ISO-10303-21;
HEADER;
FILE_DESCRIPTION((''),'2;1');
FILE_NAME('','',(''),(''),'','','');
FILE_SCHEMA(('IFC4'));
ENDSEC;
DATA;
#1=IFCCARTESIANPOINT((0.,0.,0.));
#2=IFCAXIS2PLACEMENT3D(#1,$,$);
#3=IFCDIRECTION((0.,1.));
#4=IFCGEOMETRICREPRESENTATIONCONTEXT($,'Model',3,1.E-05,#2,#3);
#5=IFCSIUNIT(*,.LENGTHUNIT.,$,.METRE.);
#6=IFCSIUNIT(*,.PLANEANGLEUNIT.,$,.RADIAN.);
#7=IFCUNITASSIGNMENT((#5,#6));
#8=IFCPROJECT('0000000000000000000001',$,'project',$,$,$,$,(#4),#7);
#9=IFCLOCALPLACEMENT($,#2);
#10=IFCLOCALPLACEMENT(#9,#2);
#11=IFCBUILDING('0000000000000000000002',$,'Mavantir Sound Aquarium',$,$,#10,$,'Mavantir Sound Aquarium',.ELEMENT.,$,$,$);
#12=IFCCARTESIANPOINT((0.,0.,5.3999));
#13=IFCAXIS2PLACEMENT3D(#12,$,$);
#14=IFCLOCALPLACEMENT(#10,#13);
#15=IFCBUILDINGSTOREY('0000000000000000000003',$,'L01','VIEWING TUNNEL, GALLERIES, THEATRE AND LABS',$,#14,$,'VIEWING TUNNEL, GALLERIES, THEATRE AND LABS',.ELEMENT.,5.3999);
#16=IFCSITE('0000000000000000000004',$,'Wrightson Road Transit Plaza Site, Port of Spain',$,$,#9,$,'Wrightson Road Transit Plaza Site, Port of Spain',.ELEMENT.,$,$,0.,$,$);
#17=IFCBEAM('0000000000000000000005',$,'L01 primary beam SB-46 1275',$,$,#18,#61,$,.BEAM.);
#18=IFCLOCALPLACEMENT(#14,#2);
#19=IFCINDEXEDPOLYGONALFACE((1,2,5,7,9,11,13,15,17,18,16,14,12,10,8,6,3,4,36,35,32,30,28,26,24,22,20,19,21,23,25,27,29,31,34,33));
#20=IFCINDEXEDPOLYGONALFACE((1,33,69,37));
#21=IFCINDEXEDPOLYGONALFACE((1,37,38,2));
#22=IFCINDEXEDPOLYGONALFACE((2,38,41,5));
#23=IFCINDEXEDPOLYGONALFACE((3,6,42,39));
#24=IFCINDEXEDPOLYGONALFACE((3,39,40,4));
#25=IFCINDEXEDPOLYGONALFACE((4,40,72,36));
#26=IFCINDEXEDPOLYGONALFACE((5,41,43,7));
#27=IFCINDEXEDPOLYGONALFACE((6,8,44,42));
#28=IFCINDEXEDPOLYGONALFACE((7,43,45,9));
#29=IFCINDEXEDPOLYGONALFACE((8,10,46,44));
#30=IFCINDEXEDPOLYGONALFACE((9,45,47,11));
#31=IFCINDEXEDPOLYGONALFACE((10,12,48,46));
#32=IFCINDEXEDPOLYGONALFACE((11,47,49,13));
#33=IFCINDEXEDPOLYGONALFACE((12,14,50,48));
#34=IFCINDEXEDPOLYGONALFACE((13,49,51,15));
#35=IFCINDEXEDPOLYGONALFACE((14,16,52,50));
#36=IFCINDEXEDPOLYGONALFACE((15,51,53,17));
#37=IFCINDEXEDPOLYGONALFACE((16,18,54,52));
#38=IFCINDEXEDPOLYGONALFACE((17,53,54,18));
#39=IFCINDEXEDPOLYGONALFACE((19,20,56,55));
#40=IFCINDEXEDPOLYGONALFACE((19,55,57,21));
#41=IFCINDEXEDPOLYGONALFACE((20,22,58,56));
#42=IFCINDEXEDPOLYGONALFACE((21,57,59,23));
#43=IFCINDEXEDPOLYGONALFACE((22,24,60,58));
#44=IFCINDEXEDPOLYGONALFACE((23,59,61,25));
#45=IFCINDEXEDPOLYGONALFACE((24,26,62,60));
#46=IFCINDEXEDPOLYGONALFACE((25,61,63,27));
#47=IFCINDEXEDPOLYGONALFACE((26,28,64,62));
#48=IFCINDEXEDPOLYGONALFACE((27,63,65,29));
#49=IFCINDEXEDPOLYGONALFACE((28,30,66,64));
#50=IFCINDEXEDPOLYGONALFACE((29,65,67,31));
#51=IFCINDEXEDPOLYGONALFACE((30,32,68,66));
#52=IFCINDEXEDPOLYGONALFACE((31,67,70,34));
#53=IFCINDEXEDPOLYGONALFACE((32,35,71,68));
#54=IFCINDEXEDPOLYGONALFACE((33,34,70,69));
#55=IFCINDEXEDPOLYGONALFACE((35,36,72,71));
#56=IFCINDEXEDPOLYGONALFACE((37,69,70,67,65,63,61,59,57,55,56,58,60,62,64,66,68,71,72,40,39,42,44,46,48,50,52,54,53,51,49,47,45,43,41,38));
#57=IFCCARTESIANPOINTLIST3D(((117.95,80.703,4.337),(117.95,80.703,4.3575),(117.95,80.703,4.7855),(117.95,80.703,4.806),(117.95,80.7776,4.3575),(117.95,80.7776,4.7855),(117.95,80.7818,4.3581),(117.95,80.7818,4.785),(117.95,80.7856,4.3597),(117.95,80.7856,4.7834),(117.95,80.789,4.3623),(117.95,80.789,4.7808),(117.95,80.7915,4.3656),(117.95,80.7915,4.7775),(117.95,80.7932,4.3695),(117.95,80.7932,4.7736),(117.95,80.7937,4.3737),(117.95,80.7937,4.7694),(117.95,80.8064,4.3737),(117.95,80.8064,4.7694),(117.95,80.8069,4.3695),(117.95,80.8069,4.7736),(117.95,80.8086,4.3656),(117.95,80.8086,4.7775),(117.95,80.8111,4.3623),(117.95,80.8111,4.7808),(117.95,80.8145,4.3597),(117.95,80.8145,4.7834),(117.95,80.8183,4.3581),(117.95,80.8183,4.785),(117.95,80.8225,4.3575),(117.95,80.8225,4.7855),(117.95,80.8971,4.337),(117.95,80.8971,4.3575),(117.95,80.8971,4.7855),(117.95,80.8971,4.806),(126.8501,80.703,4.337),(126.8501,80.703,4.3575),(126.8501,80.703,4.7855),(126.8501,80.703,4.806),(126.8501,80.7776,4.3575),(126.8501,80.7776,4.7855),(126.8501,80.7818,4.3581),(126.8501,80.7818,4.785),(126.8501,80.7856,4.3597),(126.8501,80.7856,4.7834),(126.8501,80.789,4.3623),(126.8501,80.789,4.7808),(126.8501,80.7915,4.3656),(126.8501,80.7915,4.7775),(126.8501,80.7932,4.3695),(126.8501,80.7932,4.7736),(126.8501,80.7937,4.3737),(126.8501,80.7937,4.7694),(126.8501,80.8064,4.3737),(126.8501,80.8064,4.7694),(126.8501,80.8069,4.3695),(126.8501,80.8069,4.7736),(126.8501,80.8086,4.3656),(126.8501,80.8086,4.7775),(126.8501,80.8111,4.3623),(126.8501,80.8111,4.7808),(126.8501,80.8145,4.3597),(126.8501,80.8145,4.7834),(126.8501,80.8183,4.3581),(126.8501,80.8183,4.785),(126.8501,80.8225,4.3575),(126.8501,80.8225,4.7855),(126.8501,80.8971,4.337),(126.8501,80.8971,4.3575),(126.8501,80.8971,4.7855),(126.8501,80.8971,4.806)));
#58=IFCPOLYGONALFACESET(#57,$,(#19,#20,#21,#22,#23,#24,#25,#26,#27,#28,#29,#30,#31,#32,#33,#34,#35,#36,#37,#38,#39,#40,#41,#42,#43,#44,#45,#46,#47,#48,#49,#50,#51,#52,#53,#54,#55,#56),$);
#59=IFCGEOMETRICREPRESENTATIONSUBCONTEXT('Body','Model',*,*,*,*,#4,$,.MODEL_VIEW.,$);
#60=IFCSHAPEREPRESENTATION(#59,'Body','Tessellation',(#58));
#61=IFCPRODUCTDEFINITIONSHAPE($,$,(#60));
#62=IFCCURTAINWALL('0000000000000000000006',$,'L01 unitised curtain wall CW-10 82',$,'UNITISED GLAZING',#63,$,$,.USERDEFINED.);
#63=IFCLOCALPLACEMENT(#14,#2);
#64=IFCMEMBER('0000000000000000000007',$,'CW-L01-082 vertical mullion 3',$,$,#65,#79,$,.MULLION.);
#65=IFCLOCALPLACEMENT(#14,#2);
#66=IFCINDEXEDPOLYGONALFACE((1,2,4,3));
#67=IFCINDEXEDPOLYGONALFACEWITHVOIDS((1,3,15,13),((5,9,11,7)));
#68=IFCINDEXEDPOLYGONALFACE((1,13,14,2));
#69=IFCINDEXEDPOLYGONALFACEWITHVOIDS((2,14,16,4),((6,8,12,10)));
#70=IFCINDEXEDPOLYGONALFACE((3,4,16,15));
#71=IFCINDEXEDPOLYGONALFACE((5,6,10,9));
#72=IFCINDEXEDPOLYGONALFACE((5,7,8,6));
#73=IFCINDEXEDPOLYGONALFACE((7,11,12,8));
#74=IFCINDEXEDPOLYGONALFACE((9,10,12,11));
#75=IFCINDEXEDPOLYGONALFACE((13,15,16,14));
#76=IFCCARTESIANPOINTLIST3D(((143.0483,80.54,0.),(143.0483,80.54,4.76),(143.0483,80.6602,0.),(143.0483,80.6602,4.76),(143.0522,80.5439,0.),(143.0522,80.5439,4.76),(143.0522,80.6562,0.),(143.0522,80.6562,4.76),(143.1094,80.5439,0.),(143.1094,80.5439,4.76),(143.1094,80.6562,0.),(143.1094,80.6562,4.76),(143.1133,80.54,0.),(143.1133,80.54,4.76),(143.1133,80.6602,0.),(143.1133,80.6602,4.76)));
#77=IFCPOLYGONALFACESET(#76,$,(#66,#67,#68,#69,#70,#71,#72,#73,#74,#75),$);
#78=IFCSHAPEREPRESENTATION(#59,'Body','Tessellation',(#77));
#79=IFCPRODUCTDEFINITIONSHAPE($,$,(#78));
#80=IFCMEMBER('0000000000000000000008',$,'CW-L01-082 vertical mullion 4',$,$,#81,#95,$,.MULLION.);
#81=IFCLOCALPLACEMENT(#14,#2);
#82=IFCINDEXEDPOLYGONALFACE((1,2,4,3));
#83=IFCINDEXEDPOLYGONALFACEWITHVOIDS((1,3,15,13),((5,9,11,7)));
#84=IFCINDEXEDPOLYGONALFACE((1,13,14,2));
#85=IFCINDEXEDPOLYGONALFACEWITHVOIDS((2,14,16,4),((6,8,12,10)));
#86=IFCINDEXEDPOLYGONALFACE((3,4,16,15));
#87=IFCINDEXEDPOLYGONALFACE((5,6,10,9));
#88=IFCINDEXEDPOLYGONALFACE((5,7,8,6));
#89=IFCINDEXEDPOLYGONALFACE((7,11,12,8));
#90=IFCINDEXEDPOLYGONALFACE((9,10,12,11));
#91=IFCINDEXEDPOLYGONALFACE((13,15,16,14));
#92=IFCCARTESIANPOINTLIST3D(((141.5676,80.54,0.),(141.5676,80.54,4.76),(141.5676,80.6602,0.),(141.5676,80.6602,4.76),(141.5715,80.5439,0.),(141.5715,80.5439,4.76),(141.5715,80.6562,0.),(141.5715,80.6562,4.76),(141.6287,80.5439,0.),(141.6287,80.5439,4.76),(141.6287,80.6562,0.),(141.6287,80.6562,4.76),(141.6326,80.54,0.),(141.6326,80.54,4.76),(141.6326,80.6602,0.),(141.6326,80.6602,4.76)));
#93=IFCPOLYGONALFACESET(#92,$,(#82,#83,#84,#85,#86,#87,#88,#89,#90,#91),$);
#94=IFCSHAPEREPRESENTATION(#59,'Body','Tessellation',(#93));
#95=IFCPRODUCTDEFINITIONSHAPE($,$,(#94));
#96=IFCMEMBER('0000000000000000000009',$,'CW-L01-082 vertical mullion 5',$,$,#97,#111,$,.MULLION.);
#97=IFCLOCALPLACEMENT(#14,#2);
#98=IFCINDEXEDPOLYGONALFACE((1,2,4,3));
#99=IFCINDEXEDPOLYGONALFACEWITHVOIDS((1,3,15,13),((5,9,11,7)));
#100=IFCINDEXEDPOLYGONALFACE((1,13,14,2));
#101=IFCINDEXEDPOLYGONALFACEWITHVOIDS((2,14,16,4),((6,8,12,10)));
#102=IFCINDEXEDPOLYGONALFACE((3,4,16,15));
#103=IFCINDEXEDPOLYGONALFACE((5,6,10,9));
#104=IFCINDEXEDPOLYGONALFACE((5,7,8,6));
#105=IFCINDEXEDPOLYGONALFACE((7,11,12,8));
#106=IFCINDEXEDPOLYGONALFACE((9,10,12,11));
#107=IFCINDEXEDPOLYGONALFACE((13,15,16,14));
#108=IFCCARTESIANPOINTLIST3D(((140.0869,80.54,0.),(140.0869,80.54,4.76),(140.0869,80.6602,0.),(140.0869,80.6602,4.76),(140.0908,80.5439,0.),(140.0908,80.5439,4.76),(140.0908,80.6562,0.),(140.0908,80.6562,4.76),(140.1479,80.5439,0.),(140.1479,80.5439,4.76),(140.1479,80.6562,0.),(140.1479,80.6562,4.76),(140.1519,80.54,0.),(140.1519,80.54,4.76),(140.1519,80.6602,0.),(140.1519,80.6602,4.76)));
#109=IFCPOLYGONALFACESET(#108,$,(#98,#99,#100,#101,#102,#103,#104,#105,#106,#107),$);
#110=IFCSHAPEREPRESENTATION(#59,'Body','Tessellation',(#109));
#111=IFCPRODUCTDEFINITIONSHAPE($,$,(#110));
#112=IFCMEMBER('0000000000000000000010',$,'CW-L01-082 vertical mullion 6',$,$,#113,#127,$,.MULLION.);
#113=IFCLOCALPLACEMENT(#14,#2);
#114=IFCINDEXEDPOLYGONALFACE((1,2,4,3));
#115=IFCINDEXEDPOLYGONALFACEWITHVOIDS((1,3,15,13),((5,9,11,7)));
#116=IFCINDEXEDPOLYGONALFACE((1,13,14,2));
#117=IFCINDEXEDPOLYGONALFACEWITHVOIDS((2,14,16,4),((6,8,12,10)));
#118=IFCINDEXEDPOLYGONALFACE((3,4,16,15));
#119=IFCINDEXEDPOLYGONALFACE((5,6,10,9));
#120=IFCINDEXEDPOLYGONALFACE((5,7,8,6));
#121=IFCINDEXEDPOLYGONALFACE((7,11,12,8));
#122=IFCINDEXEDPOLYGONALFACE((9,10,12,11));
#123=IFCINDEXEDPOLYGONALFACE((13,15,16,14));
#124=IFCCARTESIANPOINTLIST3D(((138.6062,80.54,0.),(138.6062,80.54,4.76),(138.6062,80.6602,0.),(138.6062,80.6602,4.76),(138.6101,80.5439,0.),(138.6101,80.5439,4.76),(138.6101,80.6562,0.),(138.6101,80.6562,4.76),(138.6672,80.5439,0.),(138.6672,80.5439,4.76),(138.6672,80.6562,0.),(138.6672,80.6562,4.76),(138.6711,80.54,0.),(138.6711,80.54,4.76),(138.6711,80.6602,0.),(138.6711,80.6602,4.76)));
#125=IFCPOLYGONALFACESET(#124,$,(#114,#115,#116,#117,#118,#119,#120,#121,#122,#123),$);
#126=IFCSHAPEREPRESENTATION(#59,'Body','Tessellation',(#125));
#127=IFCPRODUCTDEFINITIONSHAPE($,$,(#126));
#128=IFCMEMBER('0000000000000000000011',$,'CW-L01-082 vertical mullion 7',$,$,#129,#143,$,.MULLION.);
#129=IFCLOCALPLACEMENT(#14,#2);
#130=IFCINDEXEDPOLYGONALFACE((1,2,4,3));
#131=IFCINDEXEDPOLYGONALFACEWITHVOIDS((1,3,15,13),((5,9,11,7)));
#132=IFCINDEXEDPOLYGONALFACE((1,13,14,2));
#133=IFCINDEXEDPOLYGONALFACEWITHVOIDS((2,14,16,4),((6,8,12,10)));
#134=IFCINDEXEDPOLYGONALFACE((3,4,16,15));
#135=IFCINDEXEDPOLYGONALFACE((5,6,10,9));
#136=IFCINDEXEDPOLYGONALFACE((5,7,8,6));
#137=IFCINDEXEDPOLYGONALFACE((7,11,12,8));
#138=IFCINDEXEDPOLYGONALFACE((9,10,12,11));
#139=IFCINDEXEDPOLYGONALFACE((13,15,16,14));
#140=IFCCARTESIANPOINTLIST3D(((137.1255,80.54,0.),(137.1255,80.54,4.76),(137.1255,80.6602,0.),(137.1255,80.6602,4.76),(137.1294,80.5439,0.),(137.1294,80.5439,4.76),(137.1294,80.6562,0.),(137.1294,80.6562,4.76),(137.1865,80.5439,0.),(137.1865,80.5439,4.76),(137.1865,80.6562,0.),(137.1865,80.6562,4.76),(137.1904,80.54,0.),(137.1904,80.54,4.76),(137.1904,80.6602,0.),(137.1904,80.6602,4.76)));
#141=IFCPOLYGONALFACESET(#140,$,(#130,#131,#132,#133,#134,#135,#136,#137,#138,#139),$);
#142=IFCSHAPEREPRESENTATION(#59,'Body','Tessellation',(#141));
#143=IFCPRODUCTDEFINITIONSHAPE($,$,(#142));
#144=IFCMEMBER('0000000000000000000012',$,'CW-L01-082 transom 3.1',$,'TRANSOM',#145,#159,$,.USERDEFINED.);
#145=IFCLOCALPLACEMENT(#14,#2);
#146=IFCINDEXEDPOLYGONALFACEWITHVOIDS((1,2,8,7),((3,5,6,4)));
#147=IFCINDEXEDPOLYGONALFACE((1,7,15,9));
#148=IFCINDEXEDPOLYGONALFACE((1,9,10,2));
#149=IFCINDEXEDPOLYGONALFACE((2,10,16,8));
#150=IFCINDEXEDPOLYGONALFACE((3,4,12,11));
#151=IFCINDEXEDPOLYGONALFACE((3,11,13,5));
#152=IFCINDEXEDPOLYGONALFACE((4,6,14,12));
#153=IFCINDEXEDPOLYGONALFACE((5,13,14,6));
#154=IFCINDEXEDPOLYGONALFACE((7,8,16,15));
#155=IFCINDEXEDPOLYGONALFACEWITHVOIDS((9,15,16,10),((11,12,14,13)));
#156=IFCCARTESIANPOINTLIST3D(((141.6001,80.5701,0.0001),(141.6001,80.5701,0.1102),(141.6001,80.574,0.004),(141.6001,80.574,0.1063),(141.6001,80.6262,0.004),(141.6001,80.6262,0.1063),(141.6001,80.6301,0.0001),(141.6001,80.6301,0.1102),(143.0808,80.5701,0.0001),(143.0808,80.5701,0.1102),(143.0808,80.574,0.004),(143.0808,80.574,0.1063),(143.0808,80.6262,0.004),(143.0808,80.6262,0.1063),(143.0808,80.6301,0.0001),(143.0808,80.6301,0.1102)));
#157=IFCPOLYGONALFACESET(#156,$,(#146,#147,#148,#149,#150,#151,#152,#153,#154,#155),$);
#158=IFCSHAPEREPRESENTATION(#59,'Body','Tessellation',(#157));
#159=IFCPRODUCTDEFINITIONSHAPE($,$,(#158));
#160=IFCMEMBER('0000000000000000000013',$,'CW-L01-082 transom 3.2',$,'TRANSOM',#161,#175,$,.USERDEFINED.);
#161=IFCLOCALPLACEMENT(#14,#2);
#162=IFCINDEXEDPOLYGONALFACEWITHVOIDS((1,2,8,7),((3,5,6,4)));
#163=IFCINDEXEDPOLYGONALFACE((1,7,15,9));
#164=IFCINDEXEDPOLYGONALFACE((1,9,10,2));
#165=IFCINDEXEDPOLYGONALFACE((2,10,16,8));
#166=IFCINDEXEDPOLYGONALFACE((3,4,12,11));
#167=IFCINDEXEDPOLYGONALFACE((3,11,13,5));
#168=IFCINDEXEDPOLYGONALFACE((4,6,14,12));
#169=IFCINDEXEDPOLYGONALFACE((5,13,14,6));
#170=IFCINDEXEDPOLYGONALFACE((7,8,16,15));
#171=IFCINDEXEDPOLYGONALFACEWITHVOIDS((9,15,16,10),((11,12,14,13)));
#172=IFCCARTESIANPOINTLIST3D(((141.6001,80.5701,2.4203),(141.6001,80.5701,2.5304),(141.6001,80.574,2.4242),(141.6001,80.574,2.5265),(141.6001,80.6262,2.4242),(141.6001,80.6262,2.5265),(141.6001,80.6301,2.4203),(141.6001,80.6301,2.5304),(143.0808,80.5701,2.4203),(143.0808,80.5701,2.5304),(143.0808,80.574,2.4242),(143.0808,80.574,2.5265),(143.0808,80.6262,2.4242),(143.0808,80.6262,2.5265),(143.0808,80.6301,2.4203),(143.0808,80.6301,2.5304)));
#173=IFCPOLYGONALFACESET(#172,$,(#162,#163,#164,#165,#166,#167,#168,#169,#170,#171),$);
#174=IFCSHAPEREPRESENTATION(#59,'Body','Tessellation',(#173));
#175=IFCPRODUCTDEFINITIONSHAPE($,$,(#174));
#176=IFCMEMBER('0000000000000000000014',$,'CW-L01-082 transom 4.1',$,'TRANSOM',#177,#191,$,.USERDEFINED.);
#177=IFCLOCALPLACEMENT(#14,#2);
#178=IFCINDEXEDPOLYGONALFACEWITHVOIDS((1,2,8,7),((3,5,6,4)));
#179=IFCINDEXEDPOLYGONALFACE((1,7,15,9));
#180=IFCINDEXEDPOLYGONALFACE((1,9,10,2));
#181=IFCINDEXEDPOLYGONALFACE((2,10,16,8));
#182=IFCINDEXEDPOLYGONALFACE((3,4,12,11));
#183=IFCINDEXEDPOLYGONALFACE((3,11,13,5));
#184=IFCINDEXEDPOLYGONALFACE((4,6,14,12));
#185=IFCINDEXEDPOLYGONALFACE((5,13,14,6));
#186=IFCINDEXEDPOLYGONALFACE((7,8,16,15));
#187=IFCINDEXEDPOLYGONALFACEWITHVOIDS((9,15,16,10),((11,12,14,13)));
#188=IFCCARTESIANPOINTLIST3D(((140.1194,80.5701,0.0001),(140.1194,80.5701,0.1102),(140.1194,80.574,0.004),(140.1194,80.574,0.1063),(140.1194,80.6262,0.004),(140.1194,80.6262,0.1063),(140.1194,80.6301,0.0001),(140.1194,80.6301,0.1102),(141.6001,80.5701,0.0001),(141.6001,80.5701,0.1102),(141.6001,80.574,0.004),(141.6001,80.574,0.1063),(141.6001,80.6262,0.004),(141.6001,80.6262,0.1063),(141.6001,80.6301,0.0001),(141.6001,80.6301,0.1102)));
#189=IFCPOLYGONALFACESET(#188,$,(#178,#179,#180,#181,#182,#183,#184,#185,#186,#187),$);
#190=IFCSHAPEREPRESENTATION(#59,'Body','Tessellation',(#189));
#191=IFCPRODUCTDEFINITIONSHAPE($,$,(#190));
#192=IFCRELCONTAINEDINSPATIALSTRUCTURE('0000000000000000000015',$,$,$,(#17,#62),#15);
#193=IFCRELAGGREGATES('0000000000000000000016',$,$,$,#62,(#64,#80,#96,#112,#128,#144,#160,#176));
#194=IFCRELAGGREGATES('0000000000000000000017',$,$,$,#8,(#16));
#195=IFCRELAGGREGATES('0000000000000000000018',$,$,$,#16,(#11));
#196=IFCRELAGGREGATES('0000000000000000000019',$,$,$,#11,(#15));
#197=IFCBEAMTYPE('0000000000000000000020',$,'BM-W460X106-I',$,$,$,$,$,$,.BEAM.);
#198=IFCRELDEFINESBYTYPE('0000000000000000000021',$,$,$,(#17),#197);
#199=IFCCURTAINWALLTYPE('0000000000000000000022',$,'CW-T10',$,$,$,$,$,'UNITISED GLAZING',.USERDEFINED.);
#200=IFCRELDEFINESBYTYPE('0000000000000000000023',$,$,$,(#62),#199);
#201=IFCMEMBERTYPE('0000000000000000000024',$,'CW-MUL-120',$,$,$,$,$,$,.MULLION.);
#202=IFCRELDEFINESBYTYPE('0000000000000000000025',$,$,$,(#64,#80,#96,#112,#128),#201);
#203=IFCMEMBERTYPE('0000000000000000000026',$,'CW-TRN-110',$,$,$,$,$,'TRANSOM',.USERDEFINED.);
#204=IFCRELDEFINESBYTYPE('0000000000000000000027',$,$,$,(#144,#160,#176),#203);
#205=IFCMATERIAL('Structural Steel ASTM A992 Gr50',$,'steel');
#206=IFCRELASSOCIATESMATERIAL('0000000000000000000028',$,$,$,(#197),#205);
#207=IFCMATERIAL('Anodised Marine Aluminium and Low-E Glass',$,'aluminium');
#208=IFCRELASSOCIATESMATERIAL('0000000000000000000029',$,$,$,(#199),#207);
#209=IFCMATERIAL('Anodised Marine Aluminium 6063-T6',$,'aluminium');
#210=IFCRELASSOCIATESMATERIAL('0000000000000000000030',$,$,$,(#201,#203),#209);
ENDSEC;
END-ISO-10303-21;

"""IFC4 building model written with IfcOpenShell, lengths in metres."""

from ifc_helpers import new_model, si_unit, direction, frame, origin, origin_2d, place, context, subcontext, project, spatial, hollow_rectangle, i_section, extrude, material, material_profile, profile_set, type_object, element, aggregate, save


model = new_model("IFC4")

# Units and contexts
model_context = context("Model", 3, precision=1e-05, world=origin(), true_north=direction((0.0, 1.0)))
body_context = subcontext(model_context, "Body", "Model", "MODEL_VIEW")
ifc_project = project(units=[si_unit("LENGTHUNIT", "METRE"), si_unit("PLANEANGLEUNIT", "RADIAN")], contexts=[model_context])

# Site, building, storey
site_placement = place(None, origin())
site = spatial("IfcSite", under=ifc_project, at=site_placement, Name="Wrightson Road Transit Plaza Site, Port of Spain", LongName="Wrightson Road Transit Plaza Site, Port of Spain", CompositionType="ELEMENT", RefElevation=0.0)
building_placement = place(site_placement, origin())
building = spatial("IfcBuilding", under=site, at=building_placement, Name="Mavantir Sound Aquarium", LongName="Mavantir Sound Aquarium", CompositionType="ELEMENT")
storey_placement = place(building_placement, frame((0.0, 0.0, 5.3999)))
storey = spatial("IfcBuildingStorey", under=building, at=storey_placement, Name="L01", Description="VIEWING TUNNEL, GALLERIES, THEATRE AND LABS", LongName="VIEWING TUNNEL, GALLERIES, THEATRE AND LABS", CompositionType="ELEMENT", Elevation=5.3999)

# Beam
ifc_material_1 = material(Name="Structural Steel ASTM A992 Gr50", Category="steel")
ifc_material_profile_1 = material_profile(ifc_material_1, i_section(OverallWidth=0.1941, OverallDepth=0.469, WebThickness=0.0127, FlangeThickness=0.0205, FilletRadius=0.0161, at=origin_2d()), Name="W460X106")
ifc_profile_set_1 = profile_set([ifc_material_profile_1], Name="Structural Steel ASTM A992 Gr50")
beam_type_1 = type_object("IfcBeamType", Name="BM-W460X106-I", PredefinedType="BEAM", material=ifc_profile_set_1)
beam_1_placement = place(storey_placement, frame((117.95, 80.8, 4.5715), z_axis=(1.0, 0.0, 0.0), x_axis=(0.0, 1.0, 0.0)))
element("IfcBeam", 1, at=beam_1_placement, inside=storey, type_object=beam_type_1, Name="L01 primary beam SB-46 1275", PredefinedType="BEAM", context=body_context, shape_type="SweptSolid", body=[
    extrude(i_section(OverallWidth=0.1941, OverallDepth=0.469, WebThickness=0.0127, FlangeThickness=0.0205, FilletRadius=0.0161, at=origin_2d()), origin(), (0.0, 0.0, 1.0), 8.9001),
])

# Curtain wall, members
ifc_material_2 = material(Name="Anodised Marine Aluminium and Low-E Glass", Category="aluminium")
curtain_wall_type = type_object("IfcCurtainWallType", Name="CW-T10", ElementType="UNITISED GLAZING", PredefinedType="USERDEFINED", material=ifc_material_2)
curtain_wall_placement = place(storey_placement, origin())
curtain_wall = element("IfcCurtainWall", 2, at=curtain_wall_placement, inside=storey, type_object=curtain_wall_type, Name="L01 unitised curtain wall CW-10 82", ObjectType="UNITISED GLAZING", PredefinedType="USERDEFINED")
ifc_material_3 = material(Name="Anodised Marine Aluminium 6063-T6", Category="aluminium")
ifc_material_profile_2 = material_profile(ifc_material_3, hollow_rectangle(XDim=0.0649, YDim=0.1201, WallThickness=0.0039, at=origin_2d()), Name="ALU-MULLION-120X65")
ifc_profile_set_2 = profile_set([ifc_material_profile_2], Name="Anodised Marine Aluminium 6063-T6")
member_type_1 = type_object("IfcMemberType", Name="CW-MUL-120", PredefinedType="MULLION", material=ifc_profile_set_2)
member_1_placement = place(storey_placement, frame((143.0808, 80.6001, 0.0), z_axis=(0.0, 0.0, 1.0), x_axis=(1.0, 0.0, 0.0)))
member_1 = element("IfcMember", 3, at=member_1_placement, type_object=member_type_1, Name="CW-L01-082 vertical mullion 3", PredefinedType="MULLION", context=body_context, shape_type="SweptSolid", body=[
    extrude(hollow_rectangle(XDim=0.0649, YDim=0.1201, WallThickness=0.0039, at=origin_2d()), origin(), (0.0, 0.0, 1.0), 4.76),
])
member_2_placement = place(storey_placement, frame((141.6001, 80.6001, 0.0), z_axis=(0.0, 0.0, 1.0), x_axis=(1.0, 0.0, 0.0)))
member_2 = element("IfcMember", 4, at=member_2_placement, type_object=member_type_1, Name="CW-L01-082 vertical mullion 4", PredefinedType="MULLION", context=body_context, shape_type="SweptSolid", body=[
    extrude(hollow_rectangle(XDim=0.0649, YDim=0.1201, WallThickness=0.0039, at=origin_2d()), origin(), (0.0, 0.0, 1.0), 4.76),
])
member_3_placement = place(storey_placement, frame((140.1194, 80.6001, 0.0), z_axis=(0.0, 0.0, 1.0), x_axis=(1.0, 0.0, 0.0)))
member_3 = element("IfcMember", 5, at=member_3_placement, type_object=member_type_1, Name="CW-L01-082 vertical mullion 5", PredefinedType="MULLION", context=body_context, shape_type="SweptSolid", body=[
    extrude(hollow_rectangle(XDim=0.0649, YDim=0.1201, WallThickness=0.0039, at=origin_2d()), origin(), (0.0, 0.0, 1.0), 4.76),
])
member_4_placement = place(storey_placement, frame((138.6387, 80.6001, 0.0), z_axis=(0.0, 0.0, 1.0), x_axis=(1.0, 0.0, 0.0)))
member_4 = element("IfcMember", 6, at=member_4_placement, type_object=member_type_1, Name="CW-L01-082 vertical mullion 6", PredefinedType="MULLION", context=body_context, shape_type="SweptSolid", body=[
    extrude(hollow_rectangle(XDim=0.0649, YDim=0.1201, WallThickness=0.0039, at=origin_2d()), origin(), (0.0, 0.0, 1.0), 4.76),
])
member_5_placement = place(storey_placement, frame((137.158, 80.6001, 0.0), z_axis=(0.0, 0.0, 1.0), x_axis=(1.0, 0.0, 0.0)))
member_5 = element("IfcMember", 7, at=member_5_placement, type_object=member_type_1, Name="CW-L01-082 vertical mullion 7", PredefinedType="MULLION", context=body_context, shape_type="SweptSolid", body=[
    extrude(hollow_rectangle(XDim=0.0649, YDim=0.1201, WallThickness=0.0039, at=origin_2d()), origin(), (0.0, 0.0, 1.0), 4.76),
])
ifc_material_profile_3 = material_profile(ifc_material_3, hollow_rectangle(XDim=0.0601, YDim=0.1101, WallThickness=0.0039, at=origin_2d()), Name="ALU-TRANSOM-110X60")
ifc_profile_set_3 = profile_set([ifc_material_profile_3], Name="Anodised Marine Aluminium 6063-T6")
member_type_2 = type_object("IfcMemberType", Name="CW-TRN-110", ElementType="TRANSOM", PredefinedType="USERDEFINED", material=ifc_profile_set_3)
member_6_placement = place(storey_placement, frame((143.0808, 80.6001, 0.0552), z_axis=(-1.0, 0.0, 0.0), x_axis=(0.0, -1.0, 0.0)))
member_6 = element("IfcMember", 8, at=member_6_placement, type_object=member_type_2, Name="CW-L01-082 transom 3.1", ObjectType="TRANSOM", PredefinedType="USERDEFINED", context=body_context, shape_type="SweptSolid", body=[
    extrude(hollow_rectangle(XDim=0.0601, YDim=0.1101, WallThickness=0.0039, at=origin_2d()), origin(), (0.0, 0.0, 1.0), 1.4807),
])
member_7_placement = place(storey_placement, frame((143.0808, 80.6001, 2.4753), z_axis=(-1.0, 0.0, 0.0), x_axis=(0.0, -1.0, 0.0)))
member_7 = element("IfcMember", 9, at=member_7_placement, type_object=member_type_2, Name="CW-L01-082 transom 3.2", ObjectType="TRANSOM", PredefinedType="USERDEFINED", context=body_context, shape_type="SweptSolid", body=[
    extrude(hollow_rectangle(XDim=0.0601, YDim=0.1101, WallThickness=0.0039, at=origin_2d()), origin(), (0.0, 0.0, 1.0), 1.4807),
])
member_8_placement = place(storey_placement, frame((141.6001, 80.6001, 0.0552), z_axis=(-1.0, 0.0, 0.0), x_axis=(0.0, -1.0, 0.0)))
member_8 = element("IfcMember", 10, at=member_8_placement, type_object=member_type_2, Name="CW-L01-082 transom 4.1", ObjectType="TRANSOM", PredefinedType="USERDEFINED", context=body_context, shape_type="SweptSolid", body=[
    extrude(hollow_rectangle(XDim=0.0601, YDim=0.1101, WallThickness=0.0039, at=origin_2d()), origin(), (0.0, 0.0, 1.0), 1.4807),
])
aggregate(curtain_wall, [member_1, member_2, member_3, member_4, member_5, member_6, member_7, member_8])

save(model, "model.ifc")
